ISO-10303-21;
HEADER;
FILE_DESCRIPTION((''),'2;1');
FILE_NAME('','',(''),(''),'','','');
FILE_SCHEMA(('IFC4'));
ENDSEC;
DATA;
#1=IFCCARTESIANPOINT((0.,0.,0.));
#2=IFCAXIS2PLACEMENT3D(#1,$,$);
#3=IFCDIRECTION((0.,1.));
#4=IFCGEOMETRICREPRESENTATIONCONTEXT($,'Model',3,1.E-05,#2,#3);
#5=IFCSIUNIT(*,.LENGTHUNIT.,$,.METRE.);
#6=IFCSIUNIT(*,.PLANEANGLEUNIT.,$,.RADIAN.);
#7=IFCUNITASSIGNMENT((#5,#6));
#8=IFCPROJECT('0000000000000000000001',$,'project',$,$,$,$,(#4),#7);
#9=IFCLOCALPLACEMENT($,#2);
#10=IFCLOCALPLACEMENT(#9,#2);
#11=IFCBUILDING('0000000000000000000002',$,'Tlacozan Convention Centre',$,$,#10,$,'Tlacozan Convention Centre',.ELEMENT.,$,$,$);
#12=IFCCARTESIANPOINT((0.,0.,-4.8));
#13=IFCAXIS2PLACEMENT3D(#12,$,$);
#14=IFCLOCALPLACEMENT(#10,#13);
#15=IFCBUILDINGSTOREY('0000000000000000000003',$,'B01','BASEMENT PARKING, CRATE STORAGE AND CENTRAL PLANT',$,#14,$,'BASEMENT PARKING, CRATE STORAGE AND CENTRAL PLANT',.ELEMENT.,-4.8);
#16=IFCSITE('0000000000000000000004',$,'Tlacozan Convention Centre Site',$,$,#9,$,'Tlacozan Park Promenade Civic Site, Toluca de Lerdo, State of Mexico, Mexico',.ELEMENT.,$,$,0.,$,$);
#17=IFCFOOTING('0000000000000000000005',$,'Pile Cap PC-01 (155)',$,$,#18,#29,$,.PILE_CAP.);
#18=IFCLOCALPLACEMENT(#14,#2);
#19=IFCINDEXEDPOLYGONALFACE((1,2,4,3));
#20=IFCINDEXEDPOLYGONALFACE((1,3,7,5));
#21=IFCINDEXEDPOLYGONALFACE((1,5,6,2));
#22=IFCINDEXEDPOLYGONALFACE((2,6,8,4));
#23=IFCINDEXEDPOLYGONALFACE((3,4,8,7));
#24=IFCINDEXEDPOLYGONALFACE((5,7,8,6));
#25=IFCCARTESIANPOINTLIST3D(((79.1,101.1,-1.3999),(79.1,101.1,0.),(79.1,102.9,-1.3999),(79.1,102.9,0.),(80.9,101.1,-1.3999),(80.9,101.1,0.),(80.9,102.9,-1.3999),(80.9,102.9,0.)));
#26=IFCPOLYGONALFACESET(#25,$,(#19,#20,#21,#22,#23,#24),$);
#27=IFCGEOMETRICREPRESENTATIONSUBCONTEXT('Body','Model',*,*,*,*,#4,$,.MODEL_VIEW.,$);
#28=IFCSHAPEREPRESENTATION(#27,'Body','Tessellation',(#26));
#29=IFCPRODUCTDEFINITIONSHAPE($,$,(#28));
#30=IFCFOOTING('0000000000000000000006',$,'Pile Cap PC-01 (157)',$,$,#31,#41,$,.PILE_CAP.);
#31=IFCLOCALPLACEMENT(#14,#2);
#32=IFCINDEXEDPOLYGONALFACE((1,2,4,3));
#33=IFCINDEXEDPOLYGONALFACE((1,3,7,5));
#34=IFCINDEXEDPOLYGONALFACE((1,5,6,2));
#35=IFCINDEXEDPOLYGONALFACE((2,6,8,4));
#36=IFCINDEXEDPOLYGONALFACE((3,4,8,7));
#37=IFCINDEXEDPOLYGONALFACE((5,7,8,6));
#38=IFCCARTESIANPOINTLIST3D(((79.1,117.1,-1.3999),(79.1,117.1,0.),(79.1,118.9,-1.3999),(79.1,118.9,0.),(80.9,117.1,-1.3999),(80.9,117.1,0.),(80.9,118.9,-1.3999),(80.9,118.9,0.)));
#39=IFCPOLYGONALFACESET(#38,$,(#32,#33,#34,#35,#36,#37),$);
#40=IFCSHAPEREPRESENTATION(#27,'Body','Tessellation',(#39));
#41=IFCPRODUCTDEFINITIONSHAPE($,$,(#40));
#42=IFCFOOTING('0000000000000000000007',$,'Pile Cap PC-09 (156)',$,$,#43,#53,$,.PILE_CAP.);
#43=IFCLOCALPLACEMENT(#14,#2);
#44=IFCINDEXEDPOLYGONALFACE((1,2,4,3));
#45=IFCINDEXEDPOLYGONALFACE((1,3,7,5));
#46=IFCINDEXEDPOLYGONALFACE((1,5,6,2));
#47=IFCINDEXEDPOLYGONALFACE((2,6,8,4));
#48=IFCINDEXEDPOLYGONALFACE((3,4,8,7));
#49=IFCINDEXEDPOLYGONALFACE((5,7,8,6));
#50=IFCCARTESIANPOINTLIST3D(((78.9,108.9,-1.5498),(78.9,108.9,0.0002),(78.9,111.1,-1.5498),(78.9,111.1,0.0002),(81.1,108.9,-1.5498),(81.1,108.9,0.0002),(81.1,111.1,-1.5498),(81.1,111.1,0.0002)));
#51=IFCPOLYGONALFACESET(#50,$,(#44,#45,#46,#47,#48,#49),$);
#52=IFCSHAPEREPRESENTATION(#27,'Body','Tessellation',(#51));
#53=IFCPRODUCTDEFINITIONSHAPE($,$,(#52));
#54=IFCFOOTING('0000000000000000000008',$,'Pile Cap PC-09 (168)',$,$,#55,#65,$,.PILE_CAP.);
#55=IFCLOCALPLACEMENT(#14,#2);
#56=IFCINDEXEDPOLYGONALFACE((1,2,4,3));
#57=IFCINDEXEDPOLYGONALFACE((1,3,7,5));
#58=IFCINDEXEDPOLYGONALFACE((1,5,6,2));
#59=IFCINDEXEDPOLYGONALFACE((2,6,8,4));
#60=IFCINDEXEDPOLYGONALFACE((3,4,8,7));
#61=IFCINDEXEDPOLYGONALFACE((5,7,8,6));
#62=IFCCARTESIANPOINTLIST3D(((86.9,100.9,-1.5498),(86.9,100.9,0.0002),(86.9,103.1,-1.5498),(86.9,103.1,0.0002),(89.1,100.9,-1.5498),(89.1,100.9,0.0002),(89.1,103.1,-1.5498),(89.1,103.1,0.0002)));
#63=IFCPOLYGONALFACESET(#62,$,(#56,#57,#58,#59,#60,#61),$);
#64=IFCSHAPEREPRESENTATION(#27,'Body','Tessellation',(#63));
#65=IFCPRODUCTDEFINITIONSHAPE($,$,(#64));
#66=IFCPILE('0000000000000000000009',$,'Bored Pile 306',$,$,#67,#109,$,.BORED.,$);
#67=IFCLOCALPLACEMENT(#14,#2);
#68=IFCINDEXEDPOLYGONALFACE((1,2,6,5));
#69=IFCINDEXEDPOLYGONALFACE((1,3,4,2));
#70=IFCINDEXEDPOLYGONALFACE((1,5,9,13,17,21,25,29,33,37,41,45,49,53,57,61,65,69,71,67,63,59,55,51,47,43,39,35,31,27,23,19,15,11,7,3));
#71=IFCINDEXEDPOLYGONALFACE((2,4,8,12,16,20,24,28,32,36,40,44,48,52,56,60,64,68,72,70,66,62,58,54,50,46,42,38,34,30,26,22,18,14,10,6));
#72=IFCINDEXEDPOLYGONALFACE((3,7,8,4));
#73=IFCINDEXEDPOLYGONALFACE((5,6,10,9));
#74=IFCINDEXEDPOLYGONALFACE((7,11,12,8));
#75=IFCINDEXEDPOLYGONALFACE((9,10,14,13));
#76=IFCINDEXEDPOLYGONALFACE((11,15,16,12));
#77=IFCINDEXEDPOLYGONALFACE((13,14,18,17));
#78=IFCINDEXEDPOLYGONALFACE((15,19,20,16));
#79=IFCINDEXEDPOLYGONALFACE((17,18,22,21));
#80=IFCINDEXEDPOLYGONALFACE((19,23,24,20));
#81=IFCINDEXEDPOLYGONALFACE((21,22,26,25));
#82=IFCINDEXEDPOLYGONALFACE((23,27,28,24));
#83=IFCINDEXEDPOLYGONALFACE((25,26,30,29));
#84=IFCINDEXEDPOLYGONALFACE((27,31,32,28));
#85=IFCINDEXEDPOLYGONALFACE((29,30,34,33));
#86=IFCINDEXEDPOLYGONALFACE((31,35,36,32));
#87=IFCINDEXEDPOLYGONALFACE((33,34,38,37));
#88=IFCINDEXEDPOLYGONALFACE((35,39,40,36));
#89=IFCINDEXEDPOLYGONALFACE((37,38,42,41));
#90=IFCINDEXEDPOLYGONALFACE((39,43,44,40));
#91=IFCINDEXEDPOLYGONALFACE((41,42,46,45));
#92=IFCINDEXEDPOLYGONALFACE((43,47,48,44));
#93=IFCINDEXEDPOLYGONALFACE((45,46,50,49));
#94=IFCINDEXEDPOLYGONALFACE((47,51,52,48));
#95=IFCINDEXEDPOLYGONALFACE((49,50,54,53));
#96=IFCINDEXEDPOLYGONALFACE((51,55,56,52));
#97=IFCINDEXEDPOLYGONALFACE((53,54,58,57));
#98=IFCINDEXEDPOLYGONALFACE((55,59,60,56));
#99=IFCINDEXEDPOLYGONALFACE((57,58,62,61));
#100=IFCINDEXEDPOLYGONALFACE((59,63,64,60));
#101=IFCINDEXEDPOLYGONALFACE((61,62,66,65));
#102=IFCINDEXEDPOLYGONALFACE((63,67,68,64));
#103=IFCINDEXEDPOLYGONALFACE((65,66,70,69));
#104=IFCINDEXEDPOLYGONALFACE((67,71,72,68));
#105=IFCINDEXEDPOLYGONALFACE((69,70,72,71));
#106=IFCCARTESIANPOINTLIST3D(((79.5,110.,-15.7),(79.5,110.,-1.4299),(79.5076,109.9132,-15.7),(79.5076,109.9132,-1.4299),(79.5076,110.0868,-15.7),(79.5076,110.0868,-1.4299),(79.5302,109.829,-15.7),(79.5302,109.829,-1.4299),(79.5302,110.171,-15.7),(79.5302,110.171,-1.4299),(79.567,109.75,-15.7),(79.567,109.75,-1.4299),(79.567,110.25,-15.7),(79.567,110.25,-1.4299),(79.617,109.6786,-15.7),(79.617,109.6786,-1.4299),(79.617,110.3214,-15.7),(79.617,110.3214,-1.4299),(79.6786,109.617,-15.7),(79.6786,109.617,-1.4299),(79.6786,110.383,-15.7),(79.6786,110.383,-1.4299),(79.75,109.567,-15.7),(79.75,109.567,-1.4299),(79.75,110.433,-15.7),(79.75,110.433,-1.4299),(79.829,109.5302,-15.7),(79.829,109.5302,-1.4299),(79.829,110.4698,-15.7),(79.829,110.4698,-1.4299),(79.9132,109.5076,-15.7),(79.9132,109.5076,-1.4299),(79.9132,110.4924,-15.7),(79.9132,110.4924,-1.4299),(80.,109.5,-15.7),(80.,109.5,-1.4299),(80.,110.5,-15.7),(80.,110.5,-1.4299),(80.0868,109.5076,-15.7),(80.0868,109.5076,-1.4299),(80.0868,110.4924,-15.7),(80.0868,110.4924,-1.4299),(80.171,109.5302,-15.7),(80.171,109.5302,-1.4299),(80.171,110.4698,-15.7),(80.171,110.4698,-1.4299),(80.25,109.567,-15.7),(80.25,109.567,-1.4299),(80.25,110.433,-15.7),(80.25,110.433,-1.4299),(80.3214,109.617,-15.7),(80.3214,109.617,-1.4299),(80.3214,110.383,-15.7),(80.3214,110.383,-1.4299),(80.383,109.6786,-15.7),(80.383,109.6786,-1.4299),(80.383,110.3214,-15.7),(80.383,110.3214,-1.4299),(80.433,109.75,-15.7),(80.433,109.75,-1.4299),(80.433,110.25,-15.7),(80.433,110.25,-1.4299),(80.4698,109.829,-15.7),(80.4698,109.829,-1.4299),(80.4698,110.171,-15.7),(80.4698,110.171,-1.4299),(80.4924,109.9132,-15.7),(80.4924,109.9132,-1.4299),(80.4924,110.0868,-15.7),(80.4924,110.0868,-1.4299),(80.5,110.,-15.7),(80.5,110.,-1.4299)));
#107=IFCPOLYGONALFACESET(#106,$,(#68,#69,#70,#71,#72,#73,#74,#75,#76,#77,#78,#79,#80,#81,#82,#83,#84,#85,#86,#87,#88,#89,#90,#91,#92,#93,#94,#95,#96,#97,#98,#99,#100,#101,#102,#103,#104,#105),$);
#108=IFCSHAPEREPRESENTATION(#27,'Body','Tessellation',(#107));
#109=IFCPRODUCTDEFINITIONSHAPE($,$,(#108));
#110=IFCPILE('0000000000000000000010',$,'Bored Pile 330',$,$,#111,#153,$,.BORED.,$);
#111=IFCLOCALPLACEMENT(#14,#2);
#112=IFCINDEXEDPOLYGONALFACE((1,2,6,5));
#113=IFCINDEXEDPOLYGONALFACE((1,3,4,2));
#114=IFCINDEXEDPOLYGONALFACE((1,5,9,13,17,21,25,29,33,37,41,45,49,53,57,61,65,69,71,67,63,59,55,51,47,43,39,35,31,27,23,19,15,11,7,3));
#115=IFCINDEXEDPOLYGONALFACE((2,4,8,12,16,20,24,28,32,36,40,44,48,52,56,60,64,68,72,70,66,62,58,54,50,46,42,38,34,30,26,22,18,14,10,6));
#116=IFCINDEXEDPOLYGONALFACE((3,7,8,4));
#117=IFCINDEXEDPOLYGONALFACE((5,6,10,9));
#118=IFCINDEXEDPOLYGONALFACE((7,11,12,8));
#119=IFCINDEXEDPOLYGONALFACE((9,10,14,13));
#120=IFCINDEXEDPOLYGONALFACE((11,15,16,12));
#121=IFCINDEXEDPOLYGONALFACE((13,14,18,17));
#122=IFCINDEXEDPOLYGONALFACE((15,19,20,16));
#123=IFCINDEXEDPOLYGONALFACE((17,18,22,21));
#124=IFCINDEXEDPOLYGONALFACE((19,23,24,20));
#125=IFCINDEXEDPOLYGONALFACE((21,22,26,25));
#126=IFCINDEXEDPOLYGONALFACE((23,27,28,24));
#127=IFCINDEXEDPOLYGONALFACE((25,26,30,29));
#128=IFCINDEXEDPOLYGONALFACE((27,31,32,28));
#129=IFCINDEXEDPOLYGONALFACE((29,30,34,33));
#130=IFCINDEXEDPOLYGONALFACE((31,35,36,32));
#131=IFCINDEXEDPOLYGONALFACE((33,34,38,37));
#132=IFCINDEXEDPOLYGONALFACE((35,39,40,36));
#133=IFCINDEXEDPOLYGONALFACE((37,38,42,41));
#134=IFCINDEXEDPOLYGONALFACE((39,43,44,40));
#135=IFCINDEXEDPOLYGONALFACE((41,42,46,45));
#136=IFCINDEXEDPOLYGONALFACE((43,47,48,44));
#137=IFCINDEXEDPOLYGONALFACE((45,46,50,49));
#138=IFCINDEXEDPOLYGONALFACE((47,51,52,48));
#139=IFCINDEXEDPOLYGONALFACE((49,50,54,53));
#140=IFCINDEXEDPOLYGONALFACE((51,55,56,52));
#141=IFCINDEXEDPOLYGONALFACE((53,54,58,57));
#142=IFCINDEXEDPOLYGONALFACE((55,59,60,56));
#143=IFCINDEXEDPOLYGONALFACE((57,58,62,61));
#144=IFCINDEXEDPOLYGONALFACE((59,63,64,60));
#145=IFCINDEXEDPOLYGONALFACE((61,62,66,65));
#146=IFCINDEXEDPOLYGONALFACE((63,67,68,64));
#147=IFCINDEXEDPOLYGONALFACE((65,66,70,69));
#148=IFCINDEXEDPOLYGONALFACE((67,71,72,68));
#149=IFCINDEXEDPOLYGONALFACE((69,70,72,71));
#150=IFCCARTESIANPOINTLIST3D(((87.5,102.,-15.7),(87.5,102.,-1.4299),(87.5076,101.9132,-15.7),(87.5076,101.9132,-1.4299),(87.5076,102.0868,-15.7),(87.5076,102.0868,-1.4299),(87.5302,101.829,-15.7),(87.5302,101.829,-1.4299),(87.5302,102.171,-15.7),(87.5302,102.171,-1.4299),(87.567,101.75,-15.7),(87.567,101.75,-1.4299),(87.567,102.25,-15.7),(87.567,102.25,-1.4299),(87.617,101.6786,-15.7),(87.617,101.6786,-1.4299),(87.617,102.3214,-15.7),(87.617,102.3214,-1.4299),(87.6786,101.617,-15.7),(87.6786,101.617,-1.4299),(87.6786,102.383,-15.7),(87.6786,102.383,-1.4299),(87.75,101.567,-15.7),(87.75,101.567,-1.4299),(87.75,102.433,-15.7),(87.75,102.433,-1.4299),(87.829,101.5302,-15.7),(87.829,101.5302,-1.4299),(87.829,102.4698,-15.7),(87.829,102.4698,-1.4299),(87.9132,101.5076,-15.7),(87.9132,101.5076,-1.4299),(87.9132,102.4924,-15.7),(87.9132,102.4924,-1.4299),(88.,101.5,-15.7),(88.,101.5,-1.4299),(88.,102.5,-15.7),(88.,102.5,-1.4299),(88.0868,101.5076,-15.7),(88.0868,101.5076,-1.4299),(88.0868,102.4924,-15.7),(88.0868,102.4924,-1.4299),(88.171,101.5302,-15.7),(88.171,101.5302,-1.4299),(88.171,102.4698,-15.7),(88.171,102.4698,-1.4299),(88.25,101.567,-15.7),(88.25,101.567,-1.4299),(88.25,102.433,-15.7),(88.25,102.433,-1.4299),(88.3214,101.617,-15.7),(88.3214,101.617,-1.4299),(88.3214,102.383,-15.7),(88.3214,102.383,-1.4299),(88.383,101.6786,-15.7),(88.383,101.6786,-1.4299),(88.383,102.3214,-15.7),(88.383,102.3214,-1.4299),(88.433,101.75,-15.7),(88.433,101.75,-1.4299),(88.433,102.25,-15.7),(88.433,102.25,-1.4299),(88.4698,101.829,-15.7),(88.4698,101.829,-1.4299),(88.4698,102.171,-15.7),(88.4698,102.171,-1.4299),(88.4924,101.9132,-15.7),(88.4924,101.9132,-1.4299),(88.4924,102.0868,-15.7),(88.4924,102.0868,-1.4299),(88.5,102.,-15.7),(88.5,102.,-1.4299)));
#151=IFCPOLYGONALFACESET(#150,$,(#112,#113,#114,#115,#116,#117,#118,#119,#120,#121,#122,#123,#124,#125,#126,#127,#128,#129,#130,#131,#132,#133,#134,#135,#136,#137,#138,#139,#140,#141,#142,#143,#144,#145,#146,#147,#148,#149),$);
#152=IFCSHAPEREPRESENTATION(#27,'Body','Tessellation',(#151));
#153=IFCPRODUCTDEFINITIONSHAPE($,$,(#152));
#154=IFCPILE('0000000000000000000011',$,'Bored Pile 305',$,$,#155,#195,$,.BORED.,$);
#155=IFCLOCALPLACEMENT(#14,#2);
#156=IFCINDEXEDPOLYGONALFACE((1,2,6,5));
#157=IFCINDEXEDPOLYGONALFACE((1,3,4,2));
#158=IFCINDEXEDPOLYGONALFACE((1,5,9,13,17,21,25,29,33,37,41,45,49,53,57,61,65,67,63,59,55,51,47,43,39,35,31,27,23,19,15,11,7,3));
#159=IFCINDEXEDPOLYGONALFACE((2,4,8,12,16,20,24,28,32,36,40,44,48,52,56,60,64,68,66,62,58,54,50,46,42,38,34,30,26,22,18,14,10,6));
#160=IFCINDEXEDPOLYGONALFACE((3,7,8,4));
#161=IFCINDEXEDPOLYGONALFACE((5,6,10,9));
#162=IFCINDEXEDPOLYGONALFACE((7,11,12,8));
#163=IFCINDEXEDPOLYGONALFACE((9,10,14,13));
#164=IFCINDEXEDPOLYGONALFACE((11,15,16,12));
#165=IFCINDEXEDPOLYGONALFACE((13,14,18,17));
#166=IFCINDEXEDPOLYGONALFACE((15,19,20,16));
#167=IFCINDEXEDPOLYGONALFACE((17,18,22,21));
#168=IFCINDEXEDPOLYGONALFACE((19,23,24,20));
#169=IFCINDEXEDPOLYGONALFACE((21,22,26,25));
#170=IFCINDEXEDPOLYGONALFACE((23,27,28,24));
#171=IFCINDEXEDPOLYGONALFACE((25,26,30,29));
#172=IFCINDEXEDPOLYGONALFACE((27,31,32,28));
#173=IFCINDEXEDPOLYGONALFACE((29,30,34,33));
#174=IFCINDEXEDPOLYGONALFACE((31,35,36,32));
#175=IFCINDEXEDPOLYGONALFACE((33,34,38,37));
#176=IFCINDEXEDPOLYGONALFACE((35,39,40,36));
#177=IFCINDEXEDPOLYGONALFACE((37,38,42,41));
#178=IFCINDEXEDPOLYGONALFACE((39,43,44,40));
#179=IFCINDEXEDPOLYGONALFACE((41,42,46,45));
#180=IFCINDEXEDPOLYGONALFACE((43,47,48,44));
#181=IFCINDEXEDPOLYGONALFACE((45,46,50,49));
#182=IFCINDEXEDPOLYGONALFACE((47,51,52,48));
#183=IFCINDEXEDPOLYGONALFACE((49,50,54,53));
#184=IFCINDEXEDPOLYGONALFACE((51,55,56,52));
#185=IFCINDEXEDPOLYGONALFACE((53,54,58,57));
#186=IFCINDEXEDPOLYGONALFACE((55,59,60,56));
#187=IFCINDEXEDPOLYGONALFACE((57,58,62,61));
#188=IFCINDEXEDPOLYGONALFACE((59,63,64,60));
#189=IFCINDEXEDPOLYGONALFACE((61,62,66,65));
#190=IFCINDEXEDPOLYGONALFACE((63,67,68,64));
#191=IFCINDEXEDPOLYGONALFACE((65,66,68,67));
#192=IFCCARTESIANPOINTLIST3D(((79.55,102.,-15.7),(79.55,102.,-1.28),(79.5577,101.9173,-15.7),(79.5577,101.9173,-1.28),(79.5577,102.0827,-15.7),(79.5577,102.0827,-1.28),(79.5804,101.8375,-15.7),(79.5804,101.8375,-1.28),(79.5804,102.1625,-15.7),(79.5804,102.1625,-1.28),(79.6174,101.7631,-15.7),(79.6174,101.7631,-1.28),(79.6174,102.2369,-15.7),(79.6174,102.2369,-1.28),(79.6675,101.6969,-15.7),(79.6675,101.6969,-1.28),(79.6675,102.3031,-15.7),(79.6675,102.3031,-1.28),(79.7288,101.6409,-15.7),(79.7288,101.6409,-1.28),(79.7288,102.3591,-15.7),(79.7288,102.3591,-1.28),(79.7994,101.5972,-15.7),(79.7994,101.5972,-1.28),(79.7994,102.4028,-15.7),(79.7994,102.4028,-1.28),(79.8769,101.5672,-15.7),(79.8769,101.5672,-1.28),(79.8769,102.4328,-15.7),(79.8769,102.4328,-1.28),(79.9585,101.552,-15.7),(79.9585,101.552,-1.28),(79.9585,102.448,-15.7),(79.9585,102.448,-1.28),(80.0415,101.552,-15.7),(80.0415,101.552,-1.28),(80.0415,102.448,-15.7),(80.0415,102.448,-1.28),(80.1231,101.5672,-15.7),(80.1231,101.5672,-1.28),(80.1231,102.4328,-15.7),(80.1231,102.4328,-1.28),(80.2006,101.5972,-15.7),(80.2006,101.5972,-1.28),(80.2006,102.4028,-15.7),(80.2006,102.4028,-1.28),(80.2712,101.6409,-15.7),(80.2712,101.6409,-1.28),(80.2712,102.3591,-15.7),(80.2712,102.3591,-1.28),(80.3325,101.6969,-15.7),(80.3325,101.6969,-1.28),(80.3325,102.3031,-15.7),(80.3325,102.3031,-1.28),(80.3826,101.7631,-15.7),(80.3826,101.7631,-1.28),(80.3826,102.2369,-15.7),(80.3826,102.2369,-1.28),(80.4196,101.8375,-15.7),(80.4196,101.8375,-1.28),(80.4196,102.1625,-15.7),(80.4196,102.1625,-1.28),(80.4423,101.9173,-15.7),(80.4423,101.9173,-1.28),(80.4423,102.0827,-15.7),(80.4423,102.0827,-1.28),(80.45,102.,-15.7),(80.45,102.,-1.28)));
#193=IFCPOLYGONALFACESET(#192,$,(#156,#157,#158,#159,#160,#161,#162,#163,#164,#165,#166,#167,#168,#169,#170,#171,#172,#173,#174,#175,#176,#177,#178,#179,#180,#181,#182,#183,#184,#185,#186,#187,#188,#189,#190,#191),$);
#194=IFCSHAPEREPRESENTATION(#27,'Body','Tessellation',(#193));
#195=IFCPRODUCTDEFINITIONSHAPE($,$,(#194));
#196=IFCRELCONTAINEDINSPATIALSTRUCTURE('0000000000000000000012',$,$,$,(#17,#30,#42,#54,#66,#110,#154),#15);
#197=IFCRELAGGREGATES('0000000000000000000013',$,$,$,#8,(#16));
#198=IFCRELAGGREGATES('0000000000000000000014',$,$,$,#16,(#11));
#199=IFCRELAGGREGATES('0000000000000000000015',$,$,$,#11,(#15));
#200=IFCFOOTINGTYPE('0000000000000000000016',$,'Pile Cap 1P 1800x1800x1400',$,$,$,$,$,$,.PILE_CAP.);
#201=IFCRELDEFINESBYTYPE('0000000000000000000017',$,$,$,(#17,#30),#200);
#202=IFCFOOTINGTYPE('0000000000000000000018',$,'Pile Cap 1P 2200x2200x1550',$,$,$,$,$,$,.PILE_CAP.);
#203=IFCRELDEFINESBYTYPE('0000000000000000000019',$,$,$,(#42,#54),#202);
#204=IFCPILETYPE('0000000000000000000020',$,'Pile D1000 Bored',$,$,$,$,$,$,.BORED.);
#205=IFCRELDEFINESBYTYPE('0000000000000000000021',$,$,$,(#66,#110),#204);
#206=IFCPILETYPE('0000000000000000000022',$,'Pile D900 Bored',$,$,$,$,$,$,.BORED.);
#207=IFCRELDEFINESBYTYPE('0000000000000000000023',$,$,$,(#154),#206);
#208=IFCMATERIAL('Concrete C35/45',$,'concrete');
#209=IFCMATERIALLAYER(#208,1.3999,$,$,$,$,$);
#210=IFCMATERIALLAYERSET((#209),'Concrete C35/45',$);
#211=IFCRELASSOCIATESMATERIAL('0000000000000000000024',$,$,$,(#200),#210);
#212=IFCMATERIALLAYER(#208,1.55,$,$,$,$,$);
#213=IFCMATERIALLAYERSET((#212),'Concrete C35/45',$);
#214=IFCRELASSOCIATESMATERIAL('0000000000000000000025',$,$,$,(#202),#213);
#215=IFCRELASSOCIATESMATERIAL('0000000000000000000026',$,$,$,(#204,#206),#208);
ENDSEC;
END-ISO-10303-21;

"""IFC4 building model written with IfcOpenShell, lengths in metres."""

from ifc_helpers import new_model, si_unit, direction, frame, origin, origin_2d, place, context, subcontext, project, spatial, rectangle, circle, extrude, material, layer, layer_set, material_profile, profile_set, type_object, element, save


model = new_model("IFC4")

# Units and contexts
model_context = context("Model", 3, precision=1e-05, world=origin(), true_north=direction((0.0, 1.0)))
body_context = subcontext(model_context, "Body", "Model", "MODEL_VIEW")
ifc_project = project(units=[si_unit("LENGTHUNIT", "METRE"), si_unit("PLANEANGLEUNIT", "RADIAN")], contexts=[model_context])

# Site, building, storey
site_placement = place(None, origin())
site = spatial("IfcSite", under=ifc_project, at=site_placement, Name="Tlacozan Convention Centre Site", LongName="Tlacozan Park Promenade Civic Site, Toluca de Lerdo, State of Mexico, Mexico", CompositionType="ELEMENT", RefElevation=0.0)
building_placement = place(site_placement, origin())
building = spatial("IfcBuilding", under=site, at=building_placement, Name="Tlacozan Convention Centre", LongName="Tlacozan Convention Centre", CompositionType="ELEMENT")
storey_placement = place(building_placement, frame((0.0, 0.0, -4.8)))
storey = spatial("IfcBuildingStorey", under=building, at=storey_placement, Name="B01", Description="BASEMENT PARKING, CRATE STORAGE AND CENTRAL PLANT", LongName="BASEMENT PARKING, CRATE STORAGE AND CENTRAL PLANT", CompositionType="ELEMENT", Elevation=-4.8)

# Footings
ifc_material_1 = material(Name="Concrete C35/45", Category="concrete")
ifc_layer_1 = layer(ifc_material_1, 1.3999)
ifc_layer_set_1 = layer_set([ifc_layer_1], Name="Concrete C35/45")
footing_type_1 = type_object("IfcFootingType", Name="Pile Cap 1P 1800x1800x1400", PredefinedType="PILE_CAP", material=ifc_layer_set_1)
for number, where, z_axis, x_axis, name in (
    (1, (80.0, 102.0, -1.3999), (0.0, 0.0, 1.0), (1.0, 0.0, 0.0), "Pile Cap PC-01 (155)"),
    (2, (80.0, 118.0, -1.3999), (0.0, 0.0, 1.0), (1.0, 0.0, 0.0), "Pile Cap PC-01 (157)"),
):
    element("IfcFooting", number, at=place(storey_placement, frame(where, z_axis=z_axis, x_axis=x_axis)), inside=storey, type_object=footing_type_1, Name=name, PredefinedType="PILE_CAP", context=body_context, shape_type="SweptSolid", body=[
        extrude(rectangle(XDim=1.8, YDim=1.8, at=origin_2d()), origin(), (0.0, 0.0, 1.0), 1.3999),
    ])
ifc_layer_2 = layer(ifc_material_1, 1.55)
ifc_layer_set_2 = layer_set([ifc_layer_2], Name="Concrete C35/45")
footing_type_2 = type_object("IfcFootingType", Name="Pile Cap 1P 2200x2200x1550", PredefinedType="PILE_CAP", material=ifc_layer_set_2)
for number, where, z_axis, x_axis, name in (
    (3, (80.0, 110.0, -1.5498), (0.0, 0.0, 1.0), (1.0, 0.0, 0.0), "Pile Cap PC-09 (156)"),
    (4, (88.0, 102.0, -1.5498), (0.0, 0.0, 1.0), (1.0, 0.0, 0.0), "Pile Cap PC-09 (168)"),
):
    element("IfcFooting", number, at=place(storey_placement, frame(where, z_axis=z_axis, x_axis=x_axis)), inside=storey, type_object=footing_type_2, Name=name, PredefinedType="PILE_CAP", context=body_context, shape_type="SweptSolid", body=[
        extrude(rectangle(XDim=2.2, YDim=2.2, at=origin_2d()), origin(), (0.0, 0.0, 1.0), 1.55),
    ])

# Piles
ifc_material_profile_1 = material_profile(ifc_material_1, circle(Radius=0.5, at=origin_2d()), Name="PILE D1000")
ifc_profile_set_1 = profile_set([ifc_material_profile_1], Name="Concrete C35/45")
pile_type_1 = type_object("IfcPileType", Name="Pile D1000 Bored", PredefinedType="BORED", material=ifc_profile_set_1)
for number, where, z_axis, x_axis, name in (
    (5, (80.0, 110.0, -1.4299), (0.0, 0.0, -1.0), (1.0, 0.0, 0.0), "Bored Pile 306"),
    (6, (88.0, 102.0, -1.4299), (0.0, 0.0, -1.0), (1.0, 0.0, 0.0), "Bored Pile 330"),
):
    element("IfcPile", number, at=place(storey_placement, frame(where, z_axis=z_axis, x_axis=x_axis)), inside=storey, type_object=pile_type_1, Name=name, PredefinedType="BORED", context=body_context, shape_type="SweptSolid", body=[
        extrude(circle(Radius=0.5, at=origin_2d()), origin(), (0.0, 0.0, 1.0), 14.27),
    ])
ifc_material_profile_2 = material_profile(ifc_material_1, circle(Radius=0.45, at=origin_2d()), Name="PILE D900")
ifc_profile_set_2 = profile_set([ifc_material_profile_2], Name="Concrete C35/45")
pile_type_2 = type_object("IfcPileType", Name="Pile D900 Bored", PredefinedType="BORED", material=ifc_profile_set_2)
for number, where, z_axis, x_axis, name in (
    (7, (80.0, 102.0, -1.28), (0.0, 0.0, -1.0), (1.0, 0.0, 0.0), "Bored Pile 305"),
):
    element("IfcPile", number, at=place(storey_placement, frame(where, z_axis=z_axis, x_axis=x_axis)), inside=storey, type_object=pile_type_2, Name=name, PredefinedType="BORED", context=body_context, shape_type="SweptSolid", body=[
        extrude(circle(Radius=0.45, at=origin_2d()), origin(), (0.0, 0.0, 1.0), 14.4199),
    ])

save(model, "model.ifc")
